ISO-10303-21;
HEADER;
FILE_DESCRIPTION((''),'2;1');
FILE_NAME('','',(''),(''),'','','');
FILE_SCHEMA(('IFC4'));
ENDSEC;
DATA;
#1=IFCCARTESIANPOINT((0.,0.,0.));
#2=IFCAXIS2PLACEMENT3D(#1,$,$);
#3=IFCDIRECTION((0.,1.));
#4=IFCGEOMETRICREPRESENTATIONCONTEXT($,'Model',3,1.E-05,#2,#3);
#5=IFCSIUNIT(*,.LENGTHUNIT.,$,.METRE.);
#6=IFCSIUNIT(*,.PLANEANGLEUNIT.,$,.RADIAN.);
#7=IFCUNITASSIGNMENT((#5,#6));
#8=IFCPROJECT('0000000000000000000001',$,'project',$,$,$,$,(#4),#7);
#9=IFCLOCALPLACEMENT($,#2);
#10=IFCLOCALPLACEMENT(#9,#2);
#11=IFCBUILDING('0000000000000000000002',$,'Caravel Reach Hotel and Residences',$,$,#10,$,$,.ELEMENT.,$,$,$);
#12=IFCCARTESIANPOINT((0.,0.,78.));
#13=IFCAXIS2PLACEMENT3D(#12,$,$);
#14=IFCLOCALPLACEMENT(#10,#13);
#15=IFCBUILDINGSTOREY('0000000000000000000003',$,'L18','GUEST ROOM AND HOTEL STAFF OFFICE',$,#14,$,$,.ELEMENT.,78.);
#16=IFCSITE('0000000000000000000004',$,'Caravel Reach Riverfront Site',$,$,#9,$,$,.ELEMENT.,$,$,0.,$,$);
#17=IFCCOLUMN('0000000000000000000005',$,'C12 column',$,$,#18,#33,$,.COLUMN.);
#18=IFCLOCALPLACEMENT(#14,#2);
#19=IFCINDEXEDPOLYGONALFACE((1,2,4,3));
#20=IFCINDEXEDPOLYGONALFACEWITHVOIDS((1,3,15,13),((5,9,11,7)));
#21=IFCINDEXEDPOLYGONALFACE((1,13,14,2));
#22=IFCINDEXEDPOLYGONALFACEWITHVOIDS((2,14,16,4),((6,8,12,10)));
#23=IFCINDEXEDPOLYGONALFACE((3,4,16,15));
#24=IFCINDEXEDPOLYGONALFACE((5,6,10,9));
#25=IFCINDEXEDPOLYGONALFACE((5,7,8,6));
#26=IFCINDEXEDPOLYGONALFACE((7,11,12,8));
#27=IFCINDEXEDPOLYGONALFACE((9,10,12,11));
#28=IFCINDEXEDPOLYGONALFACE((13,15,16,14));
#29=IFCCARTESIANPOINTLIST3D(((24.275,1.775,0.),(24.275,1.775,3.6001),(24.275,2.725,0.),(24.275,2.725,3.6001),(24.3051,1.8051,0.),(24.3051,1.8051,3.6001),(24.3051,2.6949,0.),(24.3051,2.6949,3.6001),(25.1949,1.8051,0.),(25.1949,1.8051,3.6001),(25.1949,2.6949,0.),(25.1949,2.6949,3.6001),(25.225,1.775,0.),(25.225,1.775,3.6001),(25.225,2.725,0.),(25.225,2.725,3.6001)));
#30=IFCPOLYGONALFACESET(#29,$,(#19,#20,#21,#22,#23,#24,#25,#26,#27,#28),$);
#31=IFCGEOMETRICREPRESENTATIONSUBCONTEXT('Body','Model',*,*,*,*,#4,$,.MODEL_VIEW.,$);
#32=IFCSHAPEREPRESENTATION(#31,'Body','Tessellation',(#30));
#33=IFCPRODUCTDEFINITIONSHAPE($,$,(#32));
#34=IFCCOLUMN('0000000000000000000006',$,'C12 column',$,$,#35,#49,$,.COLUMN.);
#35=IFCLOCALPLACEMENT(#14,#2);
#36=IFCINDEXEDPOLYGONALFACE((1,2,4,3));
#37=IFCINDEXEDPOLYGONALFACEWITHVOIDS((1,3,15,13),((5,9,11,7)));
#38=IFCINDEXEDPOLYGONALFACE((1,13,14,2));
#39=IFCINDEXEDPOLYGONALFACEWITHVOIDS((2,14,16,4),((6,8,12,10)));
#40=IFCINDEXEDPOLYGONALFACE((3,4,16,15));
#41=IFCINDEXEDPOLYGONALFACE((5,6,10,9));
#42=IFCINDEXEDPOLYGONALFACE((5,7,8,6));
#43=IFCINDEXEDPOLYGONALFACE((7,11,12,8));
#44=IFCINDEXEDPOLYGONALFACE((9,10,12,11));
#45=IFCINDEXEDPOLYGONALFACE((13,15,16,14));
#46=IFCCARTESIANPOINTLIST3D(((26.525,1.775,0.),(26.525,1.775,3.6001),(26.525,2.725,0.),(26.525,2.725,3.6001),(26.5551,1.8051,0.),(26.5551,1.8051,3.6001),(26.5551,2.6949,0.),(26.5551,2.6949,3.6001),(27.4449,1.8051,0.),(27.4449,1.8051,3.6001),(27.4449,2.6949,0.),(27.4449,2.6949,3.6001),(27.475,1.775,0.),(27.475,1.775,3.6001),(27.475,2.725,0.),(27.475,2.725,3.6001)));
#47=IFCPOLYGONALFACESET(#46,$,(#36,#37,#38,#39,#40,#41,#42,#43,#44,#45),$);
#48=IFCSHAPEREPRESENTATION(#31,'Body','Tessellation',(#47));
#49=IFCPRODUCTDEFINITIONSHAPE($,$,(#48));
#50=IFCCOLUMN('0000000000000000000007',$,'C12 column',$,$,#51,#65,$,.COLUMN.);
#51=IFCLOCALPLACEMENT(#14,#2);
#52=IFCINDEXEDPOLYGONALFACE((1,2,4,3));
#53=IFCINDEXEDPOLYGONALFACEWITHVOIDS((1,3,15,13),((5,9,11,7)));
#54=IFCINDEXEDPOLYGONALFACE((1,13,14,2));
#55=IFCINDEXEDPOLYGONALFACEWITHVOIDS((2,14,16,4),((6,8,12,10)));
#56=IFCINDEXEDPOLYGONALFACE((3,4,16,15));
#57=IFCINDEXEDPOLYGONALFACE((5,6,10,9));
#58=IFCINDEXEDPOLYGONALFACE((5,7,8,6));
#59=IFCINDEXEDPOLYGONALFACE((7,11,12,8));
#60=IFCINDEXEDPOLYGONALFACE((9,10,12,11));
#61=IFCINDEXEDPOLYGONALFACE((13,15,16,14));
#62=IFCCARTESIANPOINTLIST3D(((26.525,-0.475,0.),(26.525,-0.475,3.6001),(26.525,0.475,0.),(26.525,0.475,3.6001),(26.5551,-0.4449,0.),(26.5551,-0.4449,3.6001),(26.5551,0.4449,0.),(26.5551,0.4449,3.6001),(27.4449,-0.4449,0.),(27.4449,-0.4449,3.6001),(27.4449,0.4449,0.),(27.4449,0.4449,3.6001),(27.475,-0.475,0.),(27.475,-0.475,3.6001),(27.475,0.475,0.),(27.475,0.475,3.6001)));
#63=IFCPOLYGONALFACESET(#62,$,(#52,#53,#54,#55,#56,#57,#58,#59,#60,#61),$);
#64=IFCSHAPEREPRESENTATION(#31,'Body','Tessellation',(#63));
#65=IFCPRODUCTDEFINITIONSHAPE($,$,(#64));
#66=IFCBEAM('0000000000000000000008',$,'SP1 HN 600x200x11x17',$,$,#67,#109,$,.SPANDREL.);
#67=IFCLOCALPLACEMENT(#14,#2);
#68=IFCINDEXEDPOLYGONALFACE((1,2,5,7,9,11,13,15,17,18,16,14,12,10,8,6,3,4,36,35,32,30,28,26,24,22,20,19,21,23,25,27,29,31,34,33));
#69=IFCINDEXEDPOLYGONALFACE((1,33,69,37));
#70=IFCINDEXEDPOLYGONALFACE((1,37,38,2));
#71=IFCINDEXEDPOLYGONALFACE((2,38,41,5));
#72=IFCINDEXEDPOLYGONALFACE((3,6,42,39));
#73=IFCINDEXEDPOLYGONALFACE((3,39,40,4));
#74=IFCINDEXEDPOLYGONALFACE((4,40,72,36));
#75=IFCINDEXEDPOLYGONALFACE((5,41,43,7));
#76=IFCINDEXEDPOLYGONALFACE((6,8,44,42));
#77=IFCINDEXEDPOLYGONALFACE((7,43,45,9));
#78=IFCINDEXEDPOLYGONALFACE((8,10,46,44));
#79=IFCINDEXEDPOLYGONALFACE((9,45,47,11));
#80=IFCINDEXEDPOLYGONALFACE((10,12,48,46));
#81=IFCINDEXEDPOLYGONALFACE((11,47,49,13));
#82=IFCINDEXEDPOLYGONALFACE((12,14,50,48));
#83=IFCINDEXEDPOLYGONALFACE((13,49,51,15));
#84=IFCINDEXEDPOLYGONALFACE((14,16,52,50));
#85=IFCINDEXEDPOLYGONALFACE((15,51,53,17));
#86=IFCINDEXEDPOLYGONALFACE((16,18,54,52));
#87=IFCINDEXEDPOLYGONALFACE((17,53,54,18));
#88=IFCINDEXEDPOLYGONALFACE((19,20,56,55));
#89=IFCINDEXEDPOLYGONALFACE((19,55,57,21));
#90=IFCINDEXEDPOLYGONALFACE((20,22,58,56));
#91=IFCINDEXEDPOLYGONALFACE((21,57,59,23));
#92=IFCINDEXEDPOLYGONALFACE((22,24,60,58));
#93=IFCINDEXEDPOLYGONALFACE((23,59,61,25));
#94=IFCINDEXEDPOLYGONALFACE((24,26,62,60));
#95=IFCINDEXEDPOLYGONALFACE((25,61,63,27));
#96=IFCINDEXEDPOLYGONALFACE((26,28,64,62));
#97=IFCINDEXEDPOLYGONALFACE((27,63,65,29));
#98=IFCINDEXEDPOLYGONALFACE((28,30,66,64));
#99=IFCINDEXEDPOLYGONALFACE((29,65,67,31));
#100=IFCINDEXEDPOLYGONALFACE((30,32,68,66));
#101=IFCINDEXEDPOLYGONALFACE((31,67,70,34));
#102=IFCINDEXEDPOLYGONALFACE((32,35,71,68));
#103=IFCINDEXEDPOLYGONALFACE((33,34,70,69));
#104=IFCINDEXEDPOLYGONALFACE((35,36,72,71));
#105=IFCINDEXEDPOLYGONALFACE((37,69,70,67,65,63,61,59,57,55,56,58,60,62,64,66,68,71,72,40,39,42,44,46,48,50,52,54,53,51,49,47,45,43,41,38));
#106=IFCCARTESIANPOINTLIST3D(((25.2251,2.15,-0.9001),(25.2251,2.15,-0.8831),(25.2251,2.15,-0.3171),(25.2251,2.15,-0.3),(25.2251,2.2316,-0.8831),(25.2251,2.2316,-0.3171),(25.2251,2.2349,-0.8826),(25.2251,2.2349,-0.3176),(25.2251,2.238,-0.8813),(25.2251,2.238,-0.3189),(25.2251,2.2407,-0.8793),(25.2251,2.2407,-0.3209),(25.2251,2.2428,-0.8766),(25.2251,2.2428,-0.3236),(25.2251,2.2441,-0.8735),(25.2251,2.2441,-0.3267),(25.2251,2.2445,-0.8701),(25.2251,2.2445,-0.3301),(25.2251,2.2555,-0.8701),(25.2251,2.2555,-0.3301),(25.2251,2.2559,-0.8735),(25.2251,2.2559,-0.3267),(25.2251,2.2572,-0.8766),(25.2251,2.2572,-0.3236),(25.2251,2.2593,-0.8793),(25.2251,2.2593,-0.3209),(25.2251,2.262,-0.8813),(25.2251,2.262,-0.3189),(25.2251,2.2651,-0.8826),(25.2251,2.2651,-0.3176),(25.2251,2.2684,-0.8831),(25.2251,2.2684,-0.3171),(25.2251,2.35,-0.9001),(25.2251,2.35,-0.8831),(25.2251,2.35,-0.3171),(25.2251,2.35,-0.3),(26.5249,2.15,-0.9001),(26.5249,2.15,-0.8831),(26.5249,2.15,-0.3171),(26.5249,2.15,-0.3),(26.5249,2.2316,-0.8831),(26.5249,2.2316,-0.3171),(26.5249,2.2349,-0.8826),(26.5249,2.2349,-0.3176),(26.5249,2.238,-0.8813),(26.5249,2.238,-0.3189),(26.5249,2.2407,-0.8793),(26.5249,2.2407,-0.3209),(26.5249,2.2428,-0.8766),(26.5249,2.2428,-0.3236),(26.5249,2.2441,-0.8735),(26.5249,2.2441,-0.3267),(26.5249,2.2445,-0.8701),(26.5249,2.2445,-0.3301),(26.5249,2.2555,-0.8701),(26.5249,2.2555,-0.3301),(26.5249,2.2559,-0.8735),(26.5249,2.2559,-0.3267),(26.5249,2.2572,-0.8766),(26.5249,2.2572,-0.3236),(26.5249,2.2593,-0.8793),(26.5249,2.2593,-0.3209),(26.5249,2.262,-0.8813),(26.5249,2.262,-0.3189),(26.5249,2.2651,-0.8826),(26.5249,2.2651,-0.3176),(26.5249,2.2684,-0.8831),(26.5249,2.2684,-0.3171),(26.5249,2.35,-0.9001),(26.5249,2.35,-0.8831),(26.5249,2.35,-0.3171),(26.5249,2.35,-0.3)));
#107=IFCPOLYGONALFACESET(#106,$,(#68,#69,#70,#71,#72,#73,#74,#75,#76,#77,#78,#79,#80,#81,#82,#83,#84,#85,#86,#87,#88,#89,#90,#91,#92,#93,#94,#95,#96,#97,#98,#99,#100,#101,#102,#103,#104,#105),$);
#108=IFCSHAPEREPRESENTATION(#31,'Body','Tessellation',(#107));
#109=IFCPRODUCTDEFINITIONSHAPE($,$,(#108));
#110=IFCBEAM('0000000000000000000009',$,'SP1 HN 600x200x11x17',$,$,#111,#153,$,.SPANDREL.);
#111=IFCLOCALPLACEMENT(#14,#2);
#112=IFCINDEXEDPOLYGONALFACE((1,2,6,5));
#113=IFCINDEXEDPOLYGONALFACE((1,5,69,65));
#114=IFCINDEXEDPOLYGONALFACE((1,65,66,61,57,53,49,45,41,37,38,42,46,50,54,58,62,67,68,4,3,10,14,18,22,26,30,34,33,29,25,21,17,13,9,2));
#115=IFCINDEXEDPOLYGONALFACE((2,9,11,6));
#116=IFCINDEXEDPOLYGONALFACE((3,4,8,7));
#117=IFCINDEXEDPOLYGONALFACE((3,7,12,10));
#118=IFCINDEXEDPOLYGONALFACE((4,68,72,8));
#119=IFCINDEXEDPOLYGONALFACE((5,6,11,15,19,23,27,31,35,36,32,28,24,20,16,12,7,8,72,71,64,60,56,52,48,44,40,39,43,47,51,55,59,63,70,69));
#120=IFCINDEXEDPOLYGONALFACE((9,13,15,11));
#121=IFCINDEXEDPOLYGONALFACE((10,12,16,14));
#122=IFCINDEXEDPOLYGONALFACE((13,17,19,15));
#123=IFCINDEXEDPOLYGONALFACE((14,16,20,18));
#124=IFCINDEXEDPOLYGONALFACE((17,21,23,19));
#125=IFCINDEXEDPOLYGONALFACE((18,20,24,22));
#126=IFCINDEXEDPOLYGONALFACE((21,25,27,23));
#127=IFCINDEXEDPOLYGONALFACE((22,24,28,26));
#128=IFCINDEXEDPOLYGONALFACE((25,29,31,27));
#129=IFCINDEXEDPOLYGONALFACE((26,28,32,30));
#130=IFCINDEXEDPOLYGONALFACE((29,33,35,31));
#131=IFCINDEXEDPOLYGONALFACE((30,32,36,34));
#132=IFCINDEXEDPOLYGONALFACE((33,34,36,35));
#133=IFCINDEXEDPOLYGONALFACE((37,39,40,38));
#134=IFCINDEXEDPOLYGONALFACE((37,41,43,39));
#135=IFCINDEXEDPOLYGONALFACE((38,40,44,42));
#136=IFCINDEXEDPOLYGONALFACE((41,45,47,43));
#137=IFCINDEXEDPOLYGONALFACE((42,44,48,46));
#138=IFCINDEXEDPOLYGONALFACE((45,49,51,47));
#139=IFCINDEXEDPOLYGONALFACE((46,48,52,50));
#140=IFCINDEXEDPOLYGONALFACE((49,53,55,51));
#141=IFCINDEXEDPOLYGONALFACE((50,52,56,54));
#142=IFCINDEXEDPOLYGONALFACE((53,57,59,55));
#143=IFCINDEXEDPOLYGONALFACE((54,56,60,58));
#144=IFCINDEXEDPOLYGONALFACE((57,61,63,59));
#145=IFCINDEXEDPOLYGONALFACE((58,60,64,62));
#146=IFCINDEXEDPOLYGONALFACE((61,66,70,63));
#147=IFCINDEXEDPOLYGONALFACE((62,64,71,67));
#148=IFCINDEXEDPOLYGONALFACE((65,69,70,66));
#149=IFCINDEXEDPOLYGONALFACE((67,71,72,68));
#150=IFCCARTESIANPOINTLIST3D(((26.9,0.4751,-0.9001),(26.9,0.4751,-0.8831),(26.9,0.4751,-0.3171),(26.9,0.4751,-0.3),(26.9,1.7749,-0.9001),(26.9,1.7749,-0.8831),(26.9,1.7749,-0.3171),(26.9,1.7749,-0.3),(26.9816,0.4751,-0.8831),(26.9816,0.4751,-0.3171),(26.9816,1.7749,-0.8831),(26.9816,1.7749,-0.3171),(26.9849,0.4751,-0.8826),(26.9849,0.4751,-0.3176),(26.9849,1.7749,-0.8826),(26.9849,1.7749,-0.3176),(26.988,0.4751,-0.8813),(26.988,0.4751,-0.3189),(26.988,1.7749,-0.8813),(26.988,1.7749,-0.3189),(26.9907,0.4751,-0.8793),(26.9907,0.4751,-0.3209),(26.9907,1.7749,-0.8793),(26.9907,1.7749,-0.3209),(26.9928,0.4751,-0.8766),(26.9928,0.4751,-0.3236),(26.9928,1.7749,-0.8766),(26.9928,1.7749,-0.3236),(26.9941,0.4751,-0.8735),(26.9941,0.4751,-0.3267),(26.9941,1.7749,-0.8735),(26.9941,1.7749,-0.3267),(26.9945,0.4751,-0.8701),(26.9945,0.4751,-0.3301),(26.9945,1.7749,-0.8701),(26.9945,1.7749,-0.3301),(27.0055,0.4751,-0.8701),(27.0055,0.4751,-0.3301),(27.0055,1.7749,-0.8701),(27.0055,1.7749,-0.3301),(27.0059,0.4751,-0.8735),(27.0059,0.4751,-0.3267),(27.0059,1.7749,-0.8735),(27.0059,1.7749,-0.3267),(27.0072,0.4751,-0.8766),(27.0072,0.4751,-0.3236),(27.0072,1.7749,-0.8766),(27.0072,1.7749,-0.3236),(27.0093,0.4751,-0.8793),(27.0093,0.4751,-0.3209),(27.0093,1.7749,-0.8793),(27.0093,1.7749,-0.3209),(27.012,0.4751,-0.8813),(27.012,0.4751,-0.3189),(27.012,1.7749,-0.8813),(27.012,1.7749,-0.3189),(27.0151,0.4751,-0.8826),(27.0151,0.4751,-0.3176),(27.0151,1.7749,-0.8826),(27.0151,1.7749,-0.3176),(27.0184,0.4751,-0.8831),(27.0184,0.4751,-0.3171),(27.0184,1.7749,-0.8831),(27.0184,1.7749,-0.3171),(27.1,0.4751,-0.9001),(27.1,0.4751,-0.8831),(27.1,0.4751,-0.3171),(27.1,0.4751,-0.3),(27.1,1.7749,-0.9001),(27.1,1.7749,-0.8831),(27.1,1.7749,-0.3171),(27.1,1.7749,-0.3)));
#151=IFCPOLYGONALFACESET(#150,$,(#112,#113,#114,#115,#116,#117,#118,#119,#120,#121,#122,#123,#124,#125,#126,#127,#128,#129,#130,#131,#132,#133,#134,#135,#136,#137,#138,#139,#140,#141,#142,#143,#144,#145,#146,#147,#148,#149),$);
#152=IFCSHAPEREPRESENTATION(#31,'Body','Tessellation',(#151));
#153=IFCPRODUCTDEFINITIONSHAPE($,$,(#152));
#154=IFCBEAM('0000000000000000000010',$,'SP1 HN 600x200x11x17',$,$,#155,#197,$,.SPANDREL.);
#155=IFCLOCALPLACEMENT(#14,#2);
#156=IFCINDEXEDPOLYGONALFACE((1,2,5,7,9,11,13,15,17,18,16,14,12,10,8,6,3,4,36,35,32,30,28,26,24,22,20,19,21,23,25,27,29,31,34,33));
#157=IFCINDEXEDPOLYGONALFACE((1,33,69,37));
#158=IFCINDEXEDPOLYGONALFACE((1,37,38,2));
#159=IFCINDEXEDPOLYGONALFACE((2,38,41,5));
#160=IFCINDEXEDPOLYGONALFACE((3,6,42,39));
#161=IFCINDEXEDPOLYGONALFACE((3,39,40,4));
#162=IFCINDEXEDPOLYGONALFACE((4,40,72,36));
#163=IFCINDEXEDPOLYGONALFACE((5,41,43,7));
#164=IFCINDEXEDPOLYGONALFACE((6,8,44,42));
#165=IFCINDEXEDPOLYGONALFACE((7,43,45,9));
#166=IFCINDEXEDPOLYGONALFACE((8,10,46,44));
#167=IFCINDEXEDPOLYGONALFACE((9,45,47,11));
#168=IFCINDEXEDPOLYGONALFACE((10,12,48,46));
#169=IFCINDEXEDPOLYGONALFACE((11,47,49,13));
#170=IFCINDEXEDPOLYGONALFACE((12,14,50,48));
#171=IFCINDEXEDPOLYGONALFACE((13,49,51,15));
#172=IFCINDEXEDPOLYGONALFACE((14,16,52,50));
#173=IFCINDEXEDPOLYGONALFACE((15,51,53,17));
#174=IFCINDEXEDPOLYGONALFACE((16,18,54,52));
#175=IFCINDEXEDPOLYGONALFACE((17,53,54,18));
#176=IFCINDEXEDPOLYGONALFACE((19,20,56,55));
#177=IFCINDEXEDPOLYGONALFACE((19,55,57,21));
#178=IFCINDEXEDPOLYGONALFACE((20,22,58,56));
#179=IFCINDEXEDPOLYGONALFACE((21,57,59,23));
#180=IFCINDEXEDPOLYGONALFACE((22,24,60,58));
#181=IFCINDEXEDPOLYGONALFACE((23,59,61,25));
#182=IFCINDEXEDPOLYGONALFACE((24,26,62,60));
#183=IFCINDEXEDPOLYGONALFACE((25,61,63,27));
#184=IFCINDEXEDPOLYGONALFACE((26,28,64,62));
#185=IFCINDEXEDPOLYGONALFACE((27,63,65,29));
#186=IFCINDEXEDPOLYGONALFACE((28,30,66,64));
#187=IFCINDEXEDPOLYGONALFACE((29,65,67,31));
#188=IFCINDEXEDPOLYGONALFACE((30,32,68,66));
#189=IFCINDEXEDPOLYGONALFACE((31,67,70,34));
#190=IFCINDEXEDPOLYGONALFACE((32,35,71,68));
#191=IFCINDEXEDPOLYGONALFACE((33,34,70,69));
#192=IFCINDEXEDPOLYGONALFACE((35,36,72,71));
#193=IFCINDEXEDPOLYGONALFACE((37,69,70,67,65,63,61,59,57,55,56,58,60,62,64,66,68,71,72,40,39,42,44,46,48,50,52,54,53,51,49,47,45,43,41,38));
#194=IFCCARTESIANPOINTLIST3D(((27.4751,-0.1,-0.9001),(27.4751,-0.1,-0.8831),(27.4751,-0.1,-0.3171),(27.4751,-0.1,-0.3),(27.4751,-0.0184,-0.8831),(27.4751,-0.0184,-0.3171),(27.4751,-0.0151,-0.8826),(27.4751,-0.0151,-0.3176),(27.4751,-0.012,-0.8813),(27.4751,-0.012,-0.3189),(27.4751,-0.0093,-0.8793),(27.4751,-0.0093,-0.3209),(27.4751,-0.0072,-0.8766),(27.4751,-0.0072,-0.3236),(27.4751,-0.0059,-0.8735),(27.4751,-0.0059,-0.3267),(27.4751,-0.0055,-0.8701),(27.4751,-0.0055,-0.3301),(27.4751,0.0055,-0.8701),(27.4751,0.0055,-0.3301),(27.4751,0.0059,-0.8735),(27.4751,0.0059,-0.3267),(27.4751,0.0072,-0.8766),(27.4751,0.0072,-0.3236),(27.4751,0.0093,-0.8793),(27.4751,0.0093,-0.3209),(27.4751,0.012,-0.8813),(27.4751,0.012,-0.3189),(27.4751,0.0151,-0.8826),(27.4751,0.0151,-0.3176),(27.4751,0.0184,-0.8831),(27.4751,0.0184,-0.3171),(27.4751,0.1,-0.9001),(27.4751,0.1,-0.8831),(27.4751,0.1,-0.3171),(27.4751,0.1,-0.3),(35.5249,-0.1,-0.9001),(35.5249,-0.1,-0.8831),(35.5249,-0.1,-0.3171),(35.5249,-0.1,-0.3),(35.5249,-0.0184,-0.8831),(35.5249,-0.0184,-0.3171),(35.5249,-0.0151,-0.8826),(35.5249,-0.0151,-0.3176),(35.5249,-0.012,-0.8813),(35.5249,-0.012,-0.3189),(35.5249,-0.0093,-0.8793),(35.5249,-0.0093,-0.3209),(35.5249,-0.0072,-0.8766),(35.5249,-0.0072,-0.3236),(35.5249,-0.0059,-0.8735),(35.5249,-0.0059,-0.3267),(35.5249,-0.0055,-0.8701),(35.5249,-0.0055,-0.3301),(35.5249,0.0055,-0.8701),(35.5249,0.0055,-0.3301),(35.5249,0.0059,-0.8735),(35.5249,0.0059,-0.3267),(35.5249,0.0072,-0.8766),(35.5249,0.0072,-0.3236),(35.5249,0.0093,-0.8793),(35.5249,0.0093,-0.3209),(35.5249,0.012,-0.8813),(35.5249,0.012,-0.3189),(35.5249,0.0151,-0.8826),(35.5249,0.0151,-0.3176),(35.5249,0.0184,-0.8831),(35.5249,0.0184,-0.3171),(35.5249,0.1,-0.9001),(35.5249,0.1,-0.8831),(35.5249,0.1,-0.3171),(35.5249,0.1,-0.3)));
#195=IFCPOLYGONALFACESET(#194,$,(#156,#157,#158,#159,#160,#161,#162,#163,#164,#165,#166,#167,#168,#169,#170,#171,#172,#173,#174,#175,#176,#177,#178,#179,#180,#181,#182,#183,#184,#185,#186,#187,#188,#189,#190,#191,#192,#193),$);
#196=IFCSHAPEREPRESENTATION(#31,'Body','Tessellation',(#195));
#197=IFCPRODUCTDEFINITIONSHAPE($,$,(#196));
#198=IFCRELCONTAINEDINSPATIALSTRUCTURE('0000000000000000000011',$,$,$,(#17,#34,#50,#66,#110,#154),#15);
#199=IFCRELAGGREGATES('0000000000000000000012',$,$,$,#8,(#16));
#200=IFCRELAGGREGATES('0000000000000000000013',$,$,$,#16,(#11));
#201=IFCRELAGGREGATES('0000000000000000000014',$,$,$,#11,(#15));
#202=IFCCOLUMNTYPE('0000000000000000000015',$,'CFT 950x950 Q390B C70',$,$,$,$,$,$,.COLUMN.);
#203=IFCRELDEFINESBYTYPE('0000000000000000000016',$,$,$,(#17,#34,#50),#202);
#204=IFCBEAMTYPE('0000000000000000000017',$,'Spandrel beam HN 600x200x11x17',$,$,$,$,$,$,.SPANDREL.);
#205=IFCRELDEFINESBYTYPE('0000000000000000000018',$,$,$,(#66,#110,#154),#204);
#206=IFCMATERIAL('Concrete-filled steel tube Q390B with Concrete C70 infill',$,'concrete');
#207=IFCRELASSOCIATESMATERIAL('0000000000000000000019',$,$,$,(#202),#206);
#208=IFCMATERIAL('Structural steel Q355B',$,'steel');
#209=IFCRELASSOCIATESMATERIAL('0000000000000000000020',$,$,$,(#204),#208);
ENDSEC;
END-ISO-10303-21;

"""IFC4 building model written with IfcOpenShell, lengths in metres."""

from ifc_helpers import new_model, si_unit, direction, frame, origin, origin_2d, place, context, subcontext, project, spatial, hollow_rectangle, i_section, extrude, material, material_profile, profile_set, type_object, element, save


model = new_model("IFC4")

# Units and contexts
model_context = context("Model", 3, precision=1e-05, world=origin(), true_north=direction((0.0, 1.0)))
body_context = subcontext(model_context, "Body", "Model", "MODEL_VIEW")
ifc_project = project(units=[si_unit("LENGTHUNIT", "METRE"), si_unit("PLANEANGLEUNIT", "RADIAN")], contexts=[model_context])

# Site, building, storey
site_placement = place(None, origin())
site = spatial("IfcSite", under=ifc_project, at=site_placement, Name="Caravel Reach Riverfront Site", CompositionType="ELEMENT", RefElevation=0.0)
building_placement = place(site_placement, origin())
building = spatial("IfcBuilding", under=site, at=building_placement, Name="Caravel Reach Hotel and Residences", CompositionType="ELEMENT")
storey_placement = place(building_placement, frame((0.0, 0.0, 78.0)))
storey = spatial("IfcBuildingStorey", under=building, at=storey_placement, Name="L18", Description="GUEST ROOM AND HOTEL STAFF OFFICE", CompositionType="ELEMENT", Elevation=78.0)

# Columns
ifc_material_1 = material(Name="Concrete-filled steel tube Q390B with Concrete C70 infill", Category="concrete")
ifc_material_profile_1 = material_profile(ifc_material_1, hollow_rectangle(XDim=0.95, YDim=0.95, WallThickness=0.03, at=origin_2d()), Name="RHS 950x950x30")
ifc_profile_set_1 = profile_set([ifc_material_profile_1], Name="Concrete-filled steel tube Q390B with Concrete C70 infill")
column_type = type_object("IfcColumnType", Name="CFT 950x950 Q390B C70", PredefinedType="COLUMN", material=ifc_profile_set_1)
for number, where, z_axis, x_axis, name in (
    (1, (24.75, 2.25, 0.0), (0.0, 0.0, 1.0), (1.0, 0.0, 0.0), "C12 column"),
    (2, (27.0, 2.25, 0.0), (0.0, 0.0, 1.0), (1.0, 0.0, 0.0), "C12 column"),
    (3, (27.0, 0.0, 0.0), (0.0, 0.0, 1.0), (1.0, 0.0, 0.0), "C12 column"),
):
    element("IfcColumn", number, at=place(storey_placement, frame(where, z_axis=z_axis, x_axis=x_axis)), inside=storey, type_object=column_type, Name=name, PredefinedType="COLUMN", context=body_context, shape_type="SweptSolid", body=[
        extrude(hollow_rectangle(XDim=0.95, YDim=0.95, WallThickness=0.03, at=origin_2d()), origin(), (0.0, 0.0, 1.0), 3.6001),
    ])

# Beams
ifc_material_2 = material(Name="Structural steel Q355B", Category="steel")
ifc_material_profile_2 = material_profile(ifc_material_2, i_section(OverallWidth=0.2, OverallDepth=0.6001, WebThickness=0.011, FlangeThickness=0.0171, FilletRadius=0.0129, at=origin_2d()), Name="HN 600x200x11x17")
ifc_profile_set_2 = profile_set([ifc_material_profile_2], Name="Structural steel Q355B")
beam_type = type_object("IfcBeamType", Name="Spandrel beam HN 600x200x11x17", PredefinedType="SPANDREL", material=ifc_profile_set_2)
for number, where, z_axis, x_axis, name in (
    (4, (25.2251, 2.25, -0.6001), (1.0, 0.0, 0.0), (0.0, 1.0, 0.0), "SP1 HN 600x200x11x17"),
    (5, (27.0, 1.7749, -0.6001), (0.0, -1.0, 0.0), (1.0, 0.0, 0.0), "SP1 HN 600x200x11x17"),
):
    element("IfcBeam", number, at=place(storey_placement, frame(where, z_axis=z_axis, x_axis=x_axis)), inside=storey, type_object=beam_type, Name=name, PredefinedType="SPANDREL", context=body_context, shape_type="SweptSolid", body=[
        extrude(i_section(OverallWidth=0.2, OverallDepth=0.6001, WebThickness=0.011, FlangeThickness=0.0171, FilletRadius=0.0129, at=origin_2d()), origin(), (0.0, 0.0, 1.0), 1.2998),
    ])
beam_placement = place(storey_placement, frame((27.4751, 0.0, -0.6001), z_axis=(1.0, 0.0, 0.0), x_axis=(0.0, 1.0, 0.0)))
element("IfcBeam", 6, at=beam_placement, inside=storey, type_object=beam_type, Name="SP1 HN 600x200x11x17", PredefinedType="SPANDREL", context=body_context, shape_type="SweptSolid", body=[
    extrude(i_section(OverallWidth=0.2, OverallDepth=0.6001, WebThickness=0.011, FlangeThickness=0.0171, FilletRadius=0.0129, at=origin_2d()), origin(), (0.0, 0.0, 1.0), 8.0498),
])

save(model, "model.ifc")
